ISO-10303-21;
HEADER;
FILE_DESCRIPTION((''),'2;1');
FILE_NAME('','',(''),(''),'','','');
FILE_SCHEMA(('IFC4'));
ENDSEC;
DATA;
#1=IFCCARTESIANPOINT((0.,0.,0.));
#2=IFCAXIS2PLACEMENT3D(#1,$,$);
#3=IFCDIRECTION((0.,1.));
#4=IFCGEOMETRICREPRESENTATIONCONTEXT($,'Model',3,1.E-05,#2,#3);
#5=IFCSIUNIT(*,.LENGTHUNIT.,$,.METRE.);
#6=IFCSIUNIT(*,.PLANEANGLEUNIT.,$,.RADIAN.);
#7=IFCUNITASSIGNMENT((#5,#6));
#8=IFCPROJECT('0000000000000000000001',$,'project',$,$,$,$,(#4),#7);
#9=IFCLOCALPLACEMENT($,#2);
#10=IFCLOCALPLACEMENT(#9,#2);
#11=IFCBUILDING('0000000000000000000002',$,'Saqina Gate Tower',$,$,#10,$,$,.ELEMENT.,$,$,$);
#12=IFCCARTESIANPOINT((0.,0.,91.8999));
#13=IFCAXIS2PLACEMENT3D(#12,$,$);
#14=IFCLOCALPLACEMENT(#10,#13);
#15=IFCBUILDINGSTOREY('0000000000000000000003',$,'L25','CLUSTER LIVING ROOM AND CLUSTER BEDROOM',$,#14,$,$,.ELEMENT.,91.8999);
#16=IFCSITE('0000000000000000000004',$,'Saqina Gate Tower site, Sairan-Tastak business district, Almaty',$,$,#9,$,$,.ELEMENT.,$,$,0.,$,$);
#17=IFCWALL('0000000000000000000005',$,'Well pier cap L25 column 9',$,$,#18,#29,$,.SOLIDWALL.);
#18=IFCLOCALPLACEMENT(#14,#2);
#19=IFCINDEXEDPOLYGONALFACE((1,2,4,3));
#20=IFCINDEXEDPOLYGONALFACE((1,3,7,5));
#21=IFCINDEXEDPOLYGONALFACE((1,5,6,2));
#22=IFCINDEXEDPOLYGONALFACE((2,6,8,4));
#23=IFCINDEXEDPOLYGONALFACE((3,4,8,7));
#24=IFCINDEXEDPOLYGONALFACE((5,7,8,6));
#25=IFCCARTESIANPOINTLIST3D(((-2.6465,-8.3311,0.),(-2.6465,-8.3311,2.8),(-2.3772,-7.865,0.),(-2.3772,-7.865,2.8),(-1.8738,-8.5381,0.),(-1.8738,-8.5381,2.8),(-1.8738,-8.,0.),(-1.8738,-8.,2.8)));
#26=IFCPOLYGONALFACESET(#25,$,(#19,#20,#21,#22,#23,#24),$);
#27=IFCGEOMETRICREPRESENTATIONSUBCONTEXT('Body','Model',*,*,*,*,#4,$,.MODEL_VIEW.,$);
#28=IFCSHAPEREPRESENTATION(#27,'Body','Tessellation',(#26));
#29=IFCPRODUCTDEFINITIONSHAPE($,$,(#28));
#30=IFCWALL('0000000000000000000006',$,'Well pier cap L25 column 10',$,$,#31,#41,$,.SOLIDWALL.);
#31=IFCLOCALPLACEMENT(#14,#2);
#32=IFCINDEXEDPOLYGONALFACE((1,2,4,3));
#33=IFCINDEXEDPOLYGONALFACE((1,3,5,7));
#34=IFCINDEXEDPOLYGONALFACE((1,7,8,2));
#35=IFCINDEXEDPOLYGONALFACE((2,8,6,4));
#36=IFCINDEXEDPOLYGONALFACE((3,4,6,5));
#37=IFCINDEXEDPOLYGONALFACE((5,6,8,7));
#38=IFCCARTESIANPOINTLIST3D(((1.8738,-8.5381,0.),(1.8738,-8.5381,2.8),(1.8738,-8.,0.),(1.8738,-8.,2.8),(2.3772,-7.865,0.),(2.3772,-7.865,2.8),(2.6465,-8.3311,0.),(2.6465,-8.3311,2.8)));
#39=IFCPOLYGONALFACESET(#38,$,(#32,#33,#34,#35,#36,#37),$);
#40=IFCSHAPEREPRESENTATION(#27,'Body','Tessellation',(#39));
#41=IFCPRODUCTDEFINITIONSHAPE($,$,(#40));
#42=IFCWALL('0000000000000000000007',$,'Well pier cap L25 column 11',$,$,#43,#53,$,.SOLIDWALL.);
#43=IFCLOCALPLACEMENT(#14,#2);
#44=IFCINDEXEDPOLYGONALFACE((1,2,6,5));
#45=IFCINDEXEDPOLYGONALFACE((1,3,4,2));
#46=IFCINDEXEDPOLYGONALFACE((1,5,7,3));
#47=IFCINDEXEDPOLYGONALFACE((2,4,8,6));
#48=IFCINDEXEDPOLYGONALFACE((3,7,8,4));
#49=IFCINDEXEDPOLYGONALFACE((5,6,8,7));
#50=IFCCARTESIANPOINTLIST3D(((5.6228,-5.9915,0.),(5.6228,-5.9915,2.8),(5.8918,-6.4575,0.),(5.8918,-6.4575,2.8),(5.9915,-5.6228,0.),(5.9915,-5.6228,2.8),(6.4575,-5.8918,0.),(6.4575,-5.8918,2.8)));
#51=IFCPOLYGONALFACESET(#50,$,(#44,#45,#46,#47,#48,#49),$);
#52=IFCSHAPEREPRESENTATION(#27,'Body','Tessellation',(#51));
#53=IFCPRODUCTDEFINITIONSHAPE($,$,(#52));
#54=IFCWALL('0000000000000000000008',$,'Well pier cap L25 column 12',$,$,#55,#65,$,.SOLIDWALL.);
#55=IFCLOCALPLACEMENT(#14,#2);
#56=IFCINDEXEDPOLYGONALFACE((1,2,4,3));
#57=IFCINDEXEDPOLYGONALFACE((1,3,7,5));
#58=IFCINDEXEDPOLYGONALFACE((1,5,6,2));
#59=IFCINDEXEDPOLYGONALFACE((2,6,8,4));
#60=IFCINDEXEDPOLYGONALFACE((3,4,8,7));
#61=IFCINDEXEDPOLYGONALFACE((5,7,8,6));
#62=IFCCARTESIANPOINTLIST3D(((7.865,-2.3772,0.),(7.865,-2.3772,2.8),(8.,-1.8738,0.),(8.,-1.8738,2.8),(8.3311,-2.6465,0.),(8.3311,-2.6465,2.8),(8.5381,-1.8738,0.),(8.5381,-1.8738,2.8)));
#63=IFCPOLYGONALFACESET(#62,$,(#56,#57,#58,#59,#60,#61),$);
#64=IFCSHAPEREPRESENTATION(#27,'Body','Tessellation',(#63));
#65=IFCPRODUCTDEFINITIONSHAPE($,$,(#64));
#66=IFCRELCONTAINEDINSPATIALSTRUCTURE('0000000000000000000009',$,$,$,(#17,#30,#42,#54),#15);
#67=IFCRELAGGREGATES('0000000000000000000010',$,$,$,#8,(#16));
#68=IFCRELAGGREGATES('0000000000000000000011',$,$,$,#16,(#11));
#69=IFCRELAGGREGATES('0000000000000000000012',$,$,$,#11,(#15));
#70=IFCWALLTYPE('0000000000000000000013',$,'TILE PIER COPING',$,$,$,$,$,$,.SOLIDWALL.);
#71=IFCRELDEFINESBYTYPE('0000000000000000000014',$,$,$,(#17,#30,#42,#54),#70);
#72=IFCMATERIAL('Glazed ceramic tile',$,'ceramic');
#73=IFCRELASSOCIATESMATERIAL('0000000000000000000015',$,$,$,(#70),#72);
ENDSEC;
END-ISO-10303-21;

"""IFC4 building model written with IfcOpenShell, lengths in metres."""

from ifc_helpers import new_model, si_unit, direction, frame, origin, place, context, subcontext, project, spatial, polyline, outline, extrude, material, type_object, element, save


model = new_model("IFC4")

# Units and contexts
model_context = context("Model", 3, precision=1e-05, world=origin(), true_north=direction((0.0, 1.0)))
body_context = subcontext(model_context, "Body", "Model", "MODEL_VIEW")
ifc_project = project(units=[si_unit("LENGTHUNIT", "METRE"), si_unit("PLANEANGLEUNIT", "RADIAN")], contexts=[model_context])

# Site, building, storey
site_placement = place(None, origin())
site = spatial("IfcSite", under=ifc_project, at=site_placement, Name="Saqina Gate Tower site, Sairan-Tastak business district, Almaty", CompositionType="ELEMENT", RefElevation=0.0)
building_placement = place(site_placement, origin())
building = spatial("IfcBuilding", under=site, at=building_placement, Name="Saqina Gate Tower", CompositionType="ELEMENT")
storey_placement = place(building_placement, frame((0.0, 0.0, 91.8999)))
storey = spatial("IfcBuildingStorey", under=building, at=storey_placement, Name="L25", Description="CLUSTER LIVING ROOM AND CLUSTER BEDROOM", CompositionType="ELEMENT", Elevation=91.8999)

# Walls
ifc_material_1 = material(Name="Glazed ceramic tile", Category="ceramic")
wall_type_1 = type_object("IfcWallType", Name="TILE PIER COPING", PredefinedType="SOLIDWALL", material=ifc_material_1)
wall_1_placement = place(storey_placement, origin())
element("IfcWall", 1, at=wall_1_placement, inside=storey, type_object=wall_type_1, Name="Well pier cap L25 column 9", PredefinedType="SOLIDWALL", context=body_context, shape_type="SweptSolid", body=[
    extrude(outline(polyline([(-1.8738, -8.5381), (-1.8738, -8.0), (-2.3772, -7.865), (-2.6465, -8.3311), (-1.8738, -8.5381)])), origin(), (0.0, 0.0, 1.0), 2.8),
])
wall_2_placement = place(storey_placement, origin())
element("IfcWall", 2, at=wall_2_placement, inside=storey, type_object=wall_type_1, Name="Well pier cap L25 column 10", PredefinedType="SOLIDWALL", context=body_context, shape_type="SweptSolid", body=[
    extrude(outline(polyline([(2.6465, -8.3311), (2.3772, -7.865), (1.8738, -8.0), (1.8738, -8.5381), (2.6465, -8.3311)])), origin(), (0.0, 0.0, 1.0), 2.8),
])
wall_3_placement = place(storey_placement, origin())
element("IfcWall", 3, at=wall_3_placement, inside=storey, type_object=wall_type_1, Name="Well pier cap L25 column 11", PredefinedType="SOLIDWALL", context=body_context, shape_type="SweptSolid", body=[
    extrude(outline(polyline([(5.8918, -6.4575), (6.4575, -5.8918), (5.9915, -5.6228), (5.6228, -5.9915), (5.8918, -6.4575)])), origin(), (0.0, 0.0, 1.0), 2.8),
])
wall_4_placement = place(storey_placement, origin())
element("IfcWall", 4, at=wall_4_placement, inside=storey, type_object=wall_type_1, Name="Well pier cap L25 column 12", PredefinedType="SOLIDWALL", context=body_context, shape_type="SweptSolid", body=[
    extrude(outline(polyline([(8.5381, -1.8738), (8.0, -1.8738), (7.865, -2.3772), (8.3311, -2.6465), (8.5381, -1.8738)])), origin(), (0.0, 0.0, 1.0), 2.8),
])

save(model, "model.ifc")
